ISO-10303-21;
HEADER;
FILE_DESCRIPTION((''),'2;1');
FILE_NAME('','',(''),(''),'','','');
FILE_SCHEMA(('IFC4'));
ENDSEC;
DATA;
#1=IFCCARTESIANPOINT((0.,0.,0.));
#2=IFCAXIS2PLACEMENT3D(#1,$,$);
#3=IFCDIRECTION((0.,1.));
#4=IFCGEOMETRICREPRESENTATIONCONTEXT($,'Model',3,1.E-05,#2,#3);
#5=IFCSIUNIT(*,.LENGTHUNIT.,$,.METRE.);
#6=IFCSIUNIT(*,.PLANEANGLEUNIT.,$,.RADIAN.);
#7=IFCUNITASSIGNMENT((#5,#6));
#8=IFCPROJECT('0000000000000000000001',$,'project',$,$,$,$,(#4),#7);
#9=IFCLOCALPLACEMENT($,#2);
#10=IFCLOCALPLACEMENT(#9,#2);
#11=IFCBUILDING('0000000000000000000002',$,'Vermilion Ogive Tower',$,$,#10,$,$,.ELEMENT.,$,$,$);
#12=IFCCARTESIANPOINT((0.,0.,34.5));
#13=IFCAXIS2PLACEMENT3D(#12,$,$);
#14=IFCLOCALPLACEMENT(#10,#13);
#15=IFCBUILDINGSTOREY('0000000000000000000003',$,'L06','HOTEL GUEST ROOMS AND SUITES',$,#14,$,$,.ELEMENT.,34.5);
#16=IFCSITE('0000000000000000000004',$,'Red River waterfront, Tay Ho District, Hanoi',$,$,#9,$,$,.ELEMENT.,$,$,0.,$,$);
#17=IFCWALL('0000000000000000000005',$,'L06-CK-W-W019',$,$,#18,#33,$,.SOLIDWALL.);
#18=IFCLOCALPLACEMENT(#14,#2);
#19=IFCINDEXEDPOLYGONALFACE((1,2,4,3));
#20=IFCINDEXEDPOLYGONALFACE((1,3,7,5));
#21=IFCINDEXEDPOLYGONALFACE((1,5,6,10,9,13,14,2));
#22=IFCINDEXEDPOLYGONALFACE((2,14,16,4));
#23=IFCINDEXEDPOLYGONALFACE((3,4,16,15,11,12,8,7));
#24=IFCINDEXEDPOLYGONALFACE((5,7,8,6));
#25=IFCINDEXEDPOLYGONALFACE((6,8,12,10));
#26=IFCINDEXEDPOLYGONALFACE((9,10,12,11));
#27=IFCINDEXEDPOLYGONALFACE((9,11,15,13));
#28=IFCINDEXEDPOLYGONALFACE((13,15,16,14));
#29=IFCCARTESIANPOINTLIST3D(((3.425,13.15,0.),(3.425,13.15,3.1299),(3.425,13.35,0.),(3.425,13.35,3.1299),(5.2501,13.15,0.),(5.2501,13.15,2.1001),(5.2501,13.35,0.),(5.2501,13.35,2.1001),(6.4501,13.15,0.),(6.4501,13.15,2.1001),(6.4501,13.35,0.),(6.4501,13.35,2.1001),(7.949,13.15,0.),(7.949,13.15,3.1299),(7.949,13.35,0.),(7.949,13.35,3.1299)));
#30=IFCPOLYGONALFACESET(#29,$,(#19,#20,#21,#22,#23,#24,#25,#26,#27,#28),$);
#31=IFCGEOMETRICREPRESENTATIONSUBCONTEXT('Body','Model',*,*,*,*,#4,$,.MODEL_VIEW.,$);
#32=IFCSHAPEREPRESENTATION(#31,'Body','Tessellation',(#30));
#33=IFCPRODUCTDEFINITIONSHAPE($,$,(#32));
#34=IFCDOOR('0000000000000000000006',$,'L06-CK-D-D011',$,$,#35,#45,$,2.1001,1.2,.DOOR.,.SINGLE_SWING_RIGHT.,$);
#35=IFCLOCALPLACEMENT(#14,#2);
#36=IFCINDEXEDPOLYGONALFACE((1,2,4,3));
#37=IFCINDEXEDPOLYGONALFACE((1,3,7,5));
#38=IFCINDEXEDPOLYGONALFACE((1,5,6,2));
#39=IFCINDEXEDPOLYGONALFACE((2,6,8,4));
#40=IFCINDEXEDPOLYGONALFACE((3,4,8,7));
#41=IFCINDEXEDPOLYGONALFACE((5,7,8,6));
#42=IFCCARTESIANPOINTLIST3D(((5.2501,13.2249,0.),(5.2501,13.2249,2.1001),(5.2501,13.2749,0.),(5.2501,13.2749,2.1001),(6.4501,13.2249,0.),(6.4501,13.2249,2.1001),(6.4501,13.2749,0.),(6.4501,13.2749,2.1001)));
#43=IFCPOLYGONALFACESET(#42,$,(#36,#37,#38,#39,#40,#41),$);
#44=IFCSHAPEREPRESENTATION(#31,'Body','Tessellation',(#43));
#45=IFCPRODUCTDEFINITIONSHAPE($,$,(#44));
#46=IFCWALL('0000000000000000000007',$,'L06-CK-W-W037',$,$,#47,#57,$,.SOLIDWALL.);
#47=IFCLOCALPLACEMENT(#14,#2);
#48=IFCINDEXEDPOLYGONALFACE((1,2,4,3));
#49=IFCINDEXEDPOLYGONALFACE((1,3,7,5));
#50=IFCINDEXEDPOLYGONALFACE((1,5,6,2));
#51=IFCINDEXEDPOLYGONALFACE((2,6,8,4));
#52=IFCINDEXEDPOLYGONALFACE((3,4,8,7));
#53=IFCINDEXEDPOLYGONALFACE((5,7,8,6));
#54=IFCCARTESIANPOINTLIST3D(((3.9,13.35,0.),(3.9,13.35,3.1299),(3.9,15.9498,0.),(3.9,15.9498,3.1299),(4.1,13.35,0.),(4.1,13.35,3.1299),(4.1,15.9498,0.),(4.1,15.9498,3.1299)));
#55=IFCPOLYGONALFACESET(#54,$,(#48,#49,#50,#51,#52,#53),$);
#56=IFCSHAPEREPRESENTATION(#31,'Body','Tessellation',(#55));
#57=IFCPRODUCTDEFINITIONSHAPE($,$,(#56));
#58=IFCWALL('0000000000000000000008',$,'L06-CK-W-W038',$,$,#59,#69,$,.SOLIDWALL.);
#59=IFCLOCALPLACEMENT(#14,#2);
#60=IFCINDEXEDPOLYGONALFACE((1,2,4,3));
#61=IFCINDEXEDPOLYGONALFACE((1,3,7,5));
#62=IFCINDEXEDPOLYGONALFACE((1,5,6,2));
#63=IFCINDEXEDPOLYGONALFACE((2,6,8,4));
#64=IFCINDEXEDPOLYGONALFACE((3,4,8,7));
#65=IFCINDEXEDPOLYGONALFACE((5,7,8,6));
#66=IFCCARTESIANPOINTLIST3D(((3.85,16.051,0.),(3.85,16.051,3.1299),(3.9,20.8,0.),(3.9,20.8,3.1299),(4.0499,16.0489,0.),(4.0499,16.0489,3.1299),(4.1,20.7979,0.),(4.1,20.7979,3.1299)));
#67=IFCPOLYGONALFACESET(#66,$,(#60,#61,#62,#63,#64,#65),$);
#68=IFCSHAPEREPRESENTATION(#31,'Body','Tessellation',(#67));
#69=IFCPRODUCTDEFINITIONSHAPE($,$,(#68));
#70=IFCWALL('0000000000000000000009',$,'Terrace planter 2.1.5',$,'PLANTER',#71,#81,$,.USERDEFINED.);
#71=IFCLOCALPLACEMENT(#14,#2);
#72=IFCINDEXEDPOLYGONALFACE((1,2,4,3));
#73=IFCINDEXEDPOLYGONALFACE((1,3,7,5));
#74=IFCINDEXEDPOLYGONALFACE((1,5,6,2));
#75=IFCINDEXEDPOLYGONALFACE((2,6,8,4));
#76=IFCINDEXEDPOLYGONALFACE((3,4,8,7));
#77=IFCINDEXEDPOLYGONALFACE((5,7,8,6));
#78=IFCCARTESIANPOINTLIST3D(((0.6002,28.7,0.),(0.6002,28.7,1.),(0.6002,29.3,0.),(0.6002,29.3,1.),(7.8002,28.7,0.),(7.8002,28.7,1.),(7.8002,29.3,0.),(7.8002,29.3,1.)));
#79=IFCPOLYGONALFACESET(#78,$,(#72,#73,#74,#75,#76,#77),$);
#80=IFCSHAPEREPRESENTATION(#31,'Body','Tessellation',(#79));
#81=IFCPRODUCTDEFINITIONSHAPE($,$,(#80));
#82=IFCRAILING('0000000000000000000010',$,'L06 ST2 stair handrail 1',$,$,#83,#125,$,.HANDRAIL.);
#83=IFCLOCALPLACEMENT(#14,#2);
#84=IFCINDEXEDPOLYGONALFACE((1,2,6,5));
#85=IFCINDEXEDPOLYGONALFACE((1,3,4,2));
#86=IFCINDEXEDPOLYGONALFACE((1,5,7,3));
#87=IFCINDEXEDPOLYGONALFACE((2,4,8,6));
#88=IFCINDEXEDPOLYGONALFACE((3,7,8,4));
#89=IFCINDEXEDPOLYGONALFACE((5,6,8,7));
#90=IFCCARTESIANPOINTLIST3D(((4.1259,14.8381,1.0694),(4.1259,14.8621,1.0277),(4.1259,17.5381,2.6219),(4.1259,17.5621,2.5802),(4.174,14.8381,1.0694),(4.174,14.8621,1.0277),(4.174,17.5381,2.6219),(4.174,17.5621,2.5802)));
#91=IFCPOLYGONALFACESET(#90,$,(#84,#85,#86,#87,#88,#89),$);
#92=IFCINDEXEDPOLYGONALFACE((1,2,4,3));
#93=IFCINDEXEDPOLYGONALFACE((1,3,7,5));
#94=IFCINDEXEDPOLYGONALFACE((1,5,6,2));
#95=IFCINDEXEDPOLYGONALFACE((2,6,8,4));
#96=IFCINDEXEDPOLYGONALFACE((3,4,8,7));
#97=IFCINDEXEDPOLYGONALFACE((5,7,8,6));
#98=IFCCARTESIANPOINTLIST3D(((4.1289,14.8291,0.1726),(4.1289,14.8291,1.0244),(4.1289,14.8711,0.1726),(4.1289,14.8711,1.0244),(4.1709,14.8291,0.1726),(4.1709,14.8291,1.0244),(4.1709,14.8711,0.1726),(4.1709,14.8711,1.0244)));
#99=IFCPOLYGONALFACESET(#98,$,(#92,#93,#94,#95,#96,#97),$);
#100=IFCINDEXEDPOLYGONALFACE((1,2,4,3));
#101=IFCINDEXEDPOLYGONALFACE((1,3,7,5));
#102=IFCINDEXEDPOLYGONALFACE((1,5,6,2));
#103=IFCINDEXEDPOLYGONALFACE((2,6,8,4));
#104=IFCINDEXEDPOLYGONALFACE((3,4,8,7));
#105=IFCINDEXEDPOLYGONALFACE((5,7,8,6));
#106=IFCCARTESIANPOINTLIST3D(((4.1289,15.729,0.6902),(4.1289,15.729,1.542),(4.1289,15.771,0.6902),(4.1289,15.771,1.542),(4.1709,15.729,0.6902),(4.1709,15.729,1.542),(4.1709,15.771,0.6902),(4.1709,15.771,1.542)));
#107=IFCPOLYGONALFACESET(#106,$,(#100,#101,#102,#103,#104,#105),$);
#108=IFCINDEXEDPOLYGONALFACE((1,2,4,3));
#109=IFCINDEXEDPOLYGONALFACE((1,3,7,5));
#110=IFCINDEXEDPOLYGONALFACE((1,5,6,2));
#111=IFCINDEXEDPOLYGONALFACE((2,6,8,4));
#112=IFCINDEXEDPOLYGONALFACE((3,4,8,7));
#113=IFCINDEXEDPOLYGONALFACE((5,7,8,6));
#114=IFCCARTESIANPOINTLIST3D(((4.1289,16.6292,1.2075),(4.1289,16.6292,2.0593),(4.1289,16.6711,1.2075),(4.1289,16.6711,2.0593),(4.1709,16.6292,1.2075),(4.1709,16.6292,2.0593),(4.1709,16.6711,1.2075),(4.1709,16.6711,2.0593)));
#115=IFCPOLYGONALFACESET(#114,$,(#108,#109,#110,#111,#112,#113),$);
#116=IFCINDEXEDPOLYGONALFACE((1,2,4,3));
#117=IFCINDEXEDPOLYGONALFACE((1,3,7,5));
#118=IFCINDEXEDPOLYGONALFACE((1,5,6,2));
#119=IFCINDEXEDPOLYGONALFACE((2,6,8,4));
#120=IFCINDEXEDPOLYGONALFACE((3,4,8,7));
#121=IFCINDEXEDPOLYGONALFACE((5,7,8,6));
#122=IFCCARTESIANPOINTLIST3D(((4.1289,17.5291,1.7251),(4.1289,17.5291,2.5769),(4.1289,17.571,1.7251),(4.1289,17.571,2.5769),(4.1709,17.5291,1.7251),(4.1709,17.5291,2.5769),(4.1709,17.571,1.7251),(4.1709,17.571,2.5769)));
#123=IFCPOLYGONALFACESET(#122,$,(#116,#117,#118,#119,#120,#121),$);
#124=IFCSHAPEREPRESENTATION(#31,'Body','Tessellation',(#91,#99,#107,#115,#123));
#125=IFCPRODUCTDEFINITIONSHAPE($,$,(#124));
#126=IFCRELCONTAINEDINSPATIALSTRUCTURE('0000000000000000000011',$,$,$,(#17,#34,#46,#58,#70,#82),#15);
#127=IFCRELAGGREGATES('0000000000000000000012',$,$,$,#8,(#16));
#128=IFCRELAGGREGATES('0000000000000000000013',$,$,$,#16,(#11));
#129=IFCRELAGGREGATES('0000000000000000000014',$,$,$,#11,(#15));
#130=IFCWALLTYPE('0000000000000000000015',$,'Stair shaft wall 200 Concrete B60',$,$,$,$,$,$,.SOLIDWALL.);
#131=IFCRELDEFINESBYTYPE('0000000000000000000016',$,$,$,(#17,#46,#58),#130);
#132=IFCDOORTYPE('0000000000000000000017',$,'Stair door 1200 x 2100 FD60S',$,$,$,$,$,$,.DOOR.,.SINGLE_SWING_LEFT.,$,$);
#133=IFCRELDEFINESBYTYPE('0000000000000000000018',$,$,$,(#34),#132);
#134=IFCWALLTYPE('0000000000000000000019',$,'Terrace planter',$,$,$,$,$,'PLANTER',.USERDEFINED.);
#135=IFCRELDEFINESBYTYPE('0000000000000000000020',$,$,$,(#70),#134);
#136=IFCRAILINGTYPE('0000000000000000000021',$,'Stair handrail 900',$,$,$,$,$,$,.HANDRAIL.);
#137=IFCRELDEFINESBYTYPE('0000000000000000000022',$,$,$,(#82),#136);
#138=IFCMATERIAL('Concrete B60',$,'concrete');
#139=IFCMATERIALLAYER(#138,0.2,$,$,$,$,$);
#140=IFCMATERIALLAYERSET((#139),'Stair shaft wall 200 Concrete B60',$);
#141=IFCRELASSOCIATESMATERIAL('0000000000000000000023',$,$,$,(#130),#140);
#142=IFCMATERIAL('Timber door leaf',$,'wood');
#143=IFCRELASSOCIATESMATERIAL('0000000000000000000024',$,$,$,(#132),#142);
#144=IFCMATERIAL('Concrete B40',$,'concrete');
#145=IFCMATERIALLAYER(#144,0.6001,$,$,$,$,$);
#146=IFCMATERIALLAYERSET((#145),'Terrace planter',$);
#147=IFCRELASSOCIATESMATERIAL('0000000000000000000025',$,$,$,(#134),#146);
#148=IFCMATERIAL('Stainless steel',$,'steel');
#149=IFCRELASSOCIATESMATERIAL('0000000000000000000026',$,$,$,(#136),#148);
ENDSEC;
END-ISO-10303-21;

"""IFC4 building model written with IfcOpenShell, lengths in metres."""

from ifc_helpers import new_model, si_unit, direction, frame, frame_2d, origin, origin_2d, place, context, subcontext, project, spatial, rectangle, extrude, material, layer, layer_set, type_object, element, fill, save


model = new_model("IFC4")

# Units and contexts
model_context = context("Model", 3, precision=1e-05, world=origin(), true_north=direction((0.0, 1.0)))
body_context = subcontext(model_context, "Body", "Model", "MODEL_VIEW")
ifc_project = project(units=[si_unit("LENGTHUNIT", "METRE"), si_unit("PLANEANGLEUNIT", "RADIAN")], contexts=[model_context])

# Site, building, storey
site_placement = place(None, origin())
site = spatial("IfcSite", under=ifc_project, at=site_placement, Name="Red River waterfront, Tay Ho District, Hanoi", CompositionType="ELEMENT", RefElevation=0.0)
building_placement = place(site_placement, origin())
building = spatial("IfcBuilding", under=site, at=building_placement, Name="Vermilion Ogive Tower", CompositionType="ELEMENT")
storey_placement = place(building_placement, frame((0.0, 0.0, 34.5)))
storey = spatial("IfcBuildingStorey", under=building, at=storey_placement, Name="L06", Description="HOTEL GUEST ROOMS AND SUITES", CompositionType="ELEMENT", Elevation=34.5)

# Wall, opening, door
ifc_material_1 = material(Name="Concrete B60", Category="concrete")
ifc_layer_1 = layer(ifc_material_1, 0.2)
ifc_layer_set_1 = layer_set([ifc_layer_1], Name="Stair shaft wall 200 Concrete B60")
wall_type_1 = type_object("IfcWallType", Name="Stair shaft wall 200 Concrete B60", PredefinedType="SOLIDWALL", material=ifc_layer_set_1)
wall_1_placement = place(storey_placement, frame((3.425, 13.25, 0.0), z_axis=(0.0, 0.0, 1.0), x_axis=(1.0, 0.0, 0.0)))
wall_1 = element("IfcWall", 1, at=wall_1_placement, inside=storey, type_object=wall_type_1, Name="L06-CK-W-W019", PredefinedType="SOLIDWALL", context=body_context, shape_type="SweptSolid", body=[
    extrude(rectangle(XDim=4.5239, YDim=0.2, at=frame_2d((2.262, 0.0))), origin(), (0.0, 0.0, 1.0), 3.1299),
])
opening_1_placement = place(wall_1_placement, frame((1.825, 0.0, 0.0)))
opening_1 = element("IfcOpeningElement", 2, at=opening_1_placement, cuts=wall_1, PredefinedType="OPENING", context=body_context, shape_type="SweptSolid", body=[
    extrude(rectangle(XDim=1.2, YDim=2.1001, at=frame_2d((0.6001, 1.05))), frame((0.0, 0.1099, 0.0), z_axis=(0.0, -1.0, 0.0), x_axis=(1.0, 0.0, 0.0)), (0.0, 0.0, 1.0), 0.22),
])
ifc_material_2 = material(Name="Timber door leaf", Category="wood")
door_type_1 = type_object("IfcDoorType", Name="Stair door 1200 x 2100 FD60S", OperationType="SINGLE_SWING_LEFT", PredefinedType="DOOR", material=ifc_material_2)
door_1_placement = place(opening_1_placement, origin())
door_1 = element("IfcDoor", 3, at=door_1_placement, inside=storey, type_object=door_type_1, Name="L06-CK-D-D011", OperationType="SINGLE_SWING_RIGHT", OverallHeight=2.1001, OverallWidth=1.2, PredefinedType="DOOR", context=body_context, shape_type="SweptSolid", body=[
    extrude(rectangle(XDim=1.2, YDim=2.1001, at=frame_2d((0.6001, 1.05))), frame((0.0, 0.0249, 0.0), z_axis=(0.0, -1.0, 0.0), x_axis=(1.0, 0.0, 0.0)), (0.0, 0.0, 1.0), 0.05),
])
fill(opening_1, door_1)

# Walls
wall_2_placement = place(storey_placement, frame((4.0, 13.3501, 0.0), z_axis=(0.0, 0.0, 1.0), x_axis=(0.0, 1.0, 0.0)))
element("IfcWall", 4, at=wall_2_placement, inside=storey, type_object=wall_type_1, Name="L06-CK-W-W037", PredefinedType="SOLIDWALL", context=body_context, shape_type="SweptSolid", body=[
    extrude(rectangle(XDim=2.5999, YDim=0.2, at=frame_2d((1.2998, 0.0))), origin(), (0.0, 0.0, 1.0), 3.1299),
])
wall_3_placement = place(storey_placement, frame((3.95, 16.05, 0.0), z_axis=(0.0, 0.0, 1.0), x_axis=(0.010538, 0.999944, 0.0)))
element("IfcWall", 5, at=wall_3_placement, inside=storey, type_object=wall_type_1, Name="L06-CK-W-W038", PredefinedType="SOLIDWALL", context=body_context, shape_type="SweptSolid", body=[
    extrude(rectangle(XDim=4.7493, YDim=0.2, at=frame_2d((2.3745, 0.0))), origin(), (0.0, 0.0, 1.0), 3.1299),
])
ifc_material_3 = material(Name="Concrete B40", Category="concrete")
ifc_layer_2 = layer(ifc_material_3, 0.6001)
ifc_layer_set_2 = layer_set([ifc_layer_2], Name="Terrace planter")
wall_type_2 = type_object("IfcWallType", Name="Terrace planter", ElementType="PLANTER", PredefinedType="USERDEFINED", material=ifc_layer_set_2)
wall_4_placement = place(storey_placement, frame((0.6001, 29.0, 0.0), z_axis=(0.0, 0.0, 1.0), x_axis=(1.0, 0.0, 0.0)))
element("IfcWall", 6, at=wall_4_placement, inside=storey, type_object=wall_type_2, Name="Terrace planter 2.1.5", ObjectType="PLANTER", PredefinedType="USERDEFINED", context=body_context, shape_type="SweptSolid", body=[
    extrude(rectangle(XDim=7.2, YDim=0.6001, at=frame_2d((3.6001, 0.0))), origin(), (0.0, 0.0, 1.0), 1.0),
])

# Railing
ifc_material_4 = material(Name="Stainless steel", Category="steel")
railing_type = type_object("IfcRailingType", Name="Stair handrail 900", PredefinedType="HANDRAIL", material=ifc_material_4)
railing_placement = place(storey_placement, frame((4.1499, 14.8501, 0.1726)))
element("IfcRailing", 7, at=railing_placement, inside=storey, type_object=railing_type, Name="L06 ST2 stair handrail 1", PredefinedType="HANDRAIL", context=body_context, shape_type="SweptSolid", body=[
    extrude(rectangle(XDim=0.0481, YDim=0.0481, at=origin_2d()), frame((0.0, 0.0, 0.876), z_axis=(0.0, 0.866904, 0.498476), x_axis=(-1.0, 0.0, 0.0)), (0.0, 0.0, 1.0), 3.1145),
    extrude(rectangle(XDim=0.042, YDim=0.042, at=origin_2d()), origin(), (0.0, 0.0, 1.0), 0.8518),
    extrude(rectangle(XDim=0.042, YDim=0.042, at=origin_2d()), frame((0.0, 0.8999, 0.5176)), (0.0, 0.0, 1.0), 0.8518),
    extrude(rectangle(XDim=0.042, YDim=0.042, at=origin_2d()), frame((0.0, 1.8, 1.0349)), (0.0, 0.0, 1.0), 0.8518),
    extrude(rectangle(XDim=0.042, YDim=0.042, at=origin_2d()), frame((0.0, 2.7, 1.5525)), (0.0, 0.0, 1.0), 0.8518),
])

save(model, "model.ifc")
